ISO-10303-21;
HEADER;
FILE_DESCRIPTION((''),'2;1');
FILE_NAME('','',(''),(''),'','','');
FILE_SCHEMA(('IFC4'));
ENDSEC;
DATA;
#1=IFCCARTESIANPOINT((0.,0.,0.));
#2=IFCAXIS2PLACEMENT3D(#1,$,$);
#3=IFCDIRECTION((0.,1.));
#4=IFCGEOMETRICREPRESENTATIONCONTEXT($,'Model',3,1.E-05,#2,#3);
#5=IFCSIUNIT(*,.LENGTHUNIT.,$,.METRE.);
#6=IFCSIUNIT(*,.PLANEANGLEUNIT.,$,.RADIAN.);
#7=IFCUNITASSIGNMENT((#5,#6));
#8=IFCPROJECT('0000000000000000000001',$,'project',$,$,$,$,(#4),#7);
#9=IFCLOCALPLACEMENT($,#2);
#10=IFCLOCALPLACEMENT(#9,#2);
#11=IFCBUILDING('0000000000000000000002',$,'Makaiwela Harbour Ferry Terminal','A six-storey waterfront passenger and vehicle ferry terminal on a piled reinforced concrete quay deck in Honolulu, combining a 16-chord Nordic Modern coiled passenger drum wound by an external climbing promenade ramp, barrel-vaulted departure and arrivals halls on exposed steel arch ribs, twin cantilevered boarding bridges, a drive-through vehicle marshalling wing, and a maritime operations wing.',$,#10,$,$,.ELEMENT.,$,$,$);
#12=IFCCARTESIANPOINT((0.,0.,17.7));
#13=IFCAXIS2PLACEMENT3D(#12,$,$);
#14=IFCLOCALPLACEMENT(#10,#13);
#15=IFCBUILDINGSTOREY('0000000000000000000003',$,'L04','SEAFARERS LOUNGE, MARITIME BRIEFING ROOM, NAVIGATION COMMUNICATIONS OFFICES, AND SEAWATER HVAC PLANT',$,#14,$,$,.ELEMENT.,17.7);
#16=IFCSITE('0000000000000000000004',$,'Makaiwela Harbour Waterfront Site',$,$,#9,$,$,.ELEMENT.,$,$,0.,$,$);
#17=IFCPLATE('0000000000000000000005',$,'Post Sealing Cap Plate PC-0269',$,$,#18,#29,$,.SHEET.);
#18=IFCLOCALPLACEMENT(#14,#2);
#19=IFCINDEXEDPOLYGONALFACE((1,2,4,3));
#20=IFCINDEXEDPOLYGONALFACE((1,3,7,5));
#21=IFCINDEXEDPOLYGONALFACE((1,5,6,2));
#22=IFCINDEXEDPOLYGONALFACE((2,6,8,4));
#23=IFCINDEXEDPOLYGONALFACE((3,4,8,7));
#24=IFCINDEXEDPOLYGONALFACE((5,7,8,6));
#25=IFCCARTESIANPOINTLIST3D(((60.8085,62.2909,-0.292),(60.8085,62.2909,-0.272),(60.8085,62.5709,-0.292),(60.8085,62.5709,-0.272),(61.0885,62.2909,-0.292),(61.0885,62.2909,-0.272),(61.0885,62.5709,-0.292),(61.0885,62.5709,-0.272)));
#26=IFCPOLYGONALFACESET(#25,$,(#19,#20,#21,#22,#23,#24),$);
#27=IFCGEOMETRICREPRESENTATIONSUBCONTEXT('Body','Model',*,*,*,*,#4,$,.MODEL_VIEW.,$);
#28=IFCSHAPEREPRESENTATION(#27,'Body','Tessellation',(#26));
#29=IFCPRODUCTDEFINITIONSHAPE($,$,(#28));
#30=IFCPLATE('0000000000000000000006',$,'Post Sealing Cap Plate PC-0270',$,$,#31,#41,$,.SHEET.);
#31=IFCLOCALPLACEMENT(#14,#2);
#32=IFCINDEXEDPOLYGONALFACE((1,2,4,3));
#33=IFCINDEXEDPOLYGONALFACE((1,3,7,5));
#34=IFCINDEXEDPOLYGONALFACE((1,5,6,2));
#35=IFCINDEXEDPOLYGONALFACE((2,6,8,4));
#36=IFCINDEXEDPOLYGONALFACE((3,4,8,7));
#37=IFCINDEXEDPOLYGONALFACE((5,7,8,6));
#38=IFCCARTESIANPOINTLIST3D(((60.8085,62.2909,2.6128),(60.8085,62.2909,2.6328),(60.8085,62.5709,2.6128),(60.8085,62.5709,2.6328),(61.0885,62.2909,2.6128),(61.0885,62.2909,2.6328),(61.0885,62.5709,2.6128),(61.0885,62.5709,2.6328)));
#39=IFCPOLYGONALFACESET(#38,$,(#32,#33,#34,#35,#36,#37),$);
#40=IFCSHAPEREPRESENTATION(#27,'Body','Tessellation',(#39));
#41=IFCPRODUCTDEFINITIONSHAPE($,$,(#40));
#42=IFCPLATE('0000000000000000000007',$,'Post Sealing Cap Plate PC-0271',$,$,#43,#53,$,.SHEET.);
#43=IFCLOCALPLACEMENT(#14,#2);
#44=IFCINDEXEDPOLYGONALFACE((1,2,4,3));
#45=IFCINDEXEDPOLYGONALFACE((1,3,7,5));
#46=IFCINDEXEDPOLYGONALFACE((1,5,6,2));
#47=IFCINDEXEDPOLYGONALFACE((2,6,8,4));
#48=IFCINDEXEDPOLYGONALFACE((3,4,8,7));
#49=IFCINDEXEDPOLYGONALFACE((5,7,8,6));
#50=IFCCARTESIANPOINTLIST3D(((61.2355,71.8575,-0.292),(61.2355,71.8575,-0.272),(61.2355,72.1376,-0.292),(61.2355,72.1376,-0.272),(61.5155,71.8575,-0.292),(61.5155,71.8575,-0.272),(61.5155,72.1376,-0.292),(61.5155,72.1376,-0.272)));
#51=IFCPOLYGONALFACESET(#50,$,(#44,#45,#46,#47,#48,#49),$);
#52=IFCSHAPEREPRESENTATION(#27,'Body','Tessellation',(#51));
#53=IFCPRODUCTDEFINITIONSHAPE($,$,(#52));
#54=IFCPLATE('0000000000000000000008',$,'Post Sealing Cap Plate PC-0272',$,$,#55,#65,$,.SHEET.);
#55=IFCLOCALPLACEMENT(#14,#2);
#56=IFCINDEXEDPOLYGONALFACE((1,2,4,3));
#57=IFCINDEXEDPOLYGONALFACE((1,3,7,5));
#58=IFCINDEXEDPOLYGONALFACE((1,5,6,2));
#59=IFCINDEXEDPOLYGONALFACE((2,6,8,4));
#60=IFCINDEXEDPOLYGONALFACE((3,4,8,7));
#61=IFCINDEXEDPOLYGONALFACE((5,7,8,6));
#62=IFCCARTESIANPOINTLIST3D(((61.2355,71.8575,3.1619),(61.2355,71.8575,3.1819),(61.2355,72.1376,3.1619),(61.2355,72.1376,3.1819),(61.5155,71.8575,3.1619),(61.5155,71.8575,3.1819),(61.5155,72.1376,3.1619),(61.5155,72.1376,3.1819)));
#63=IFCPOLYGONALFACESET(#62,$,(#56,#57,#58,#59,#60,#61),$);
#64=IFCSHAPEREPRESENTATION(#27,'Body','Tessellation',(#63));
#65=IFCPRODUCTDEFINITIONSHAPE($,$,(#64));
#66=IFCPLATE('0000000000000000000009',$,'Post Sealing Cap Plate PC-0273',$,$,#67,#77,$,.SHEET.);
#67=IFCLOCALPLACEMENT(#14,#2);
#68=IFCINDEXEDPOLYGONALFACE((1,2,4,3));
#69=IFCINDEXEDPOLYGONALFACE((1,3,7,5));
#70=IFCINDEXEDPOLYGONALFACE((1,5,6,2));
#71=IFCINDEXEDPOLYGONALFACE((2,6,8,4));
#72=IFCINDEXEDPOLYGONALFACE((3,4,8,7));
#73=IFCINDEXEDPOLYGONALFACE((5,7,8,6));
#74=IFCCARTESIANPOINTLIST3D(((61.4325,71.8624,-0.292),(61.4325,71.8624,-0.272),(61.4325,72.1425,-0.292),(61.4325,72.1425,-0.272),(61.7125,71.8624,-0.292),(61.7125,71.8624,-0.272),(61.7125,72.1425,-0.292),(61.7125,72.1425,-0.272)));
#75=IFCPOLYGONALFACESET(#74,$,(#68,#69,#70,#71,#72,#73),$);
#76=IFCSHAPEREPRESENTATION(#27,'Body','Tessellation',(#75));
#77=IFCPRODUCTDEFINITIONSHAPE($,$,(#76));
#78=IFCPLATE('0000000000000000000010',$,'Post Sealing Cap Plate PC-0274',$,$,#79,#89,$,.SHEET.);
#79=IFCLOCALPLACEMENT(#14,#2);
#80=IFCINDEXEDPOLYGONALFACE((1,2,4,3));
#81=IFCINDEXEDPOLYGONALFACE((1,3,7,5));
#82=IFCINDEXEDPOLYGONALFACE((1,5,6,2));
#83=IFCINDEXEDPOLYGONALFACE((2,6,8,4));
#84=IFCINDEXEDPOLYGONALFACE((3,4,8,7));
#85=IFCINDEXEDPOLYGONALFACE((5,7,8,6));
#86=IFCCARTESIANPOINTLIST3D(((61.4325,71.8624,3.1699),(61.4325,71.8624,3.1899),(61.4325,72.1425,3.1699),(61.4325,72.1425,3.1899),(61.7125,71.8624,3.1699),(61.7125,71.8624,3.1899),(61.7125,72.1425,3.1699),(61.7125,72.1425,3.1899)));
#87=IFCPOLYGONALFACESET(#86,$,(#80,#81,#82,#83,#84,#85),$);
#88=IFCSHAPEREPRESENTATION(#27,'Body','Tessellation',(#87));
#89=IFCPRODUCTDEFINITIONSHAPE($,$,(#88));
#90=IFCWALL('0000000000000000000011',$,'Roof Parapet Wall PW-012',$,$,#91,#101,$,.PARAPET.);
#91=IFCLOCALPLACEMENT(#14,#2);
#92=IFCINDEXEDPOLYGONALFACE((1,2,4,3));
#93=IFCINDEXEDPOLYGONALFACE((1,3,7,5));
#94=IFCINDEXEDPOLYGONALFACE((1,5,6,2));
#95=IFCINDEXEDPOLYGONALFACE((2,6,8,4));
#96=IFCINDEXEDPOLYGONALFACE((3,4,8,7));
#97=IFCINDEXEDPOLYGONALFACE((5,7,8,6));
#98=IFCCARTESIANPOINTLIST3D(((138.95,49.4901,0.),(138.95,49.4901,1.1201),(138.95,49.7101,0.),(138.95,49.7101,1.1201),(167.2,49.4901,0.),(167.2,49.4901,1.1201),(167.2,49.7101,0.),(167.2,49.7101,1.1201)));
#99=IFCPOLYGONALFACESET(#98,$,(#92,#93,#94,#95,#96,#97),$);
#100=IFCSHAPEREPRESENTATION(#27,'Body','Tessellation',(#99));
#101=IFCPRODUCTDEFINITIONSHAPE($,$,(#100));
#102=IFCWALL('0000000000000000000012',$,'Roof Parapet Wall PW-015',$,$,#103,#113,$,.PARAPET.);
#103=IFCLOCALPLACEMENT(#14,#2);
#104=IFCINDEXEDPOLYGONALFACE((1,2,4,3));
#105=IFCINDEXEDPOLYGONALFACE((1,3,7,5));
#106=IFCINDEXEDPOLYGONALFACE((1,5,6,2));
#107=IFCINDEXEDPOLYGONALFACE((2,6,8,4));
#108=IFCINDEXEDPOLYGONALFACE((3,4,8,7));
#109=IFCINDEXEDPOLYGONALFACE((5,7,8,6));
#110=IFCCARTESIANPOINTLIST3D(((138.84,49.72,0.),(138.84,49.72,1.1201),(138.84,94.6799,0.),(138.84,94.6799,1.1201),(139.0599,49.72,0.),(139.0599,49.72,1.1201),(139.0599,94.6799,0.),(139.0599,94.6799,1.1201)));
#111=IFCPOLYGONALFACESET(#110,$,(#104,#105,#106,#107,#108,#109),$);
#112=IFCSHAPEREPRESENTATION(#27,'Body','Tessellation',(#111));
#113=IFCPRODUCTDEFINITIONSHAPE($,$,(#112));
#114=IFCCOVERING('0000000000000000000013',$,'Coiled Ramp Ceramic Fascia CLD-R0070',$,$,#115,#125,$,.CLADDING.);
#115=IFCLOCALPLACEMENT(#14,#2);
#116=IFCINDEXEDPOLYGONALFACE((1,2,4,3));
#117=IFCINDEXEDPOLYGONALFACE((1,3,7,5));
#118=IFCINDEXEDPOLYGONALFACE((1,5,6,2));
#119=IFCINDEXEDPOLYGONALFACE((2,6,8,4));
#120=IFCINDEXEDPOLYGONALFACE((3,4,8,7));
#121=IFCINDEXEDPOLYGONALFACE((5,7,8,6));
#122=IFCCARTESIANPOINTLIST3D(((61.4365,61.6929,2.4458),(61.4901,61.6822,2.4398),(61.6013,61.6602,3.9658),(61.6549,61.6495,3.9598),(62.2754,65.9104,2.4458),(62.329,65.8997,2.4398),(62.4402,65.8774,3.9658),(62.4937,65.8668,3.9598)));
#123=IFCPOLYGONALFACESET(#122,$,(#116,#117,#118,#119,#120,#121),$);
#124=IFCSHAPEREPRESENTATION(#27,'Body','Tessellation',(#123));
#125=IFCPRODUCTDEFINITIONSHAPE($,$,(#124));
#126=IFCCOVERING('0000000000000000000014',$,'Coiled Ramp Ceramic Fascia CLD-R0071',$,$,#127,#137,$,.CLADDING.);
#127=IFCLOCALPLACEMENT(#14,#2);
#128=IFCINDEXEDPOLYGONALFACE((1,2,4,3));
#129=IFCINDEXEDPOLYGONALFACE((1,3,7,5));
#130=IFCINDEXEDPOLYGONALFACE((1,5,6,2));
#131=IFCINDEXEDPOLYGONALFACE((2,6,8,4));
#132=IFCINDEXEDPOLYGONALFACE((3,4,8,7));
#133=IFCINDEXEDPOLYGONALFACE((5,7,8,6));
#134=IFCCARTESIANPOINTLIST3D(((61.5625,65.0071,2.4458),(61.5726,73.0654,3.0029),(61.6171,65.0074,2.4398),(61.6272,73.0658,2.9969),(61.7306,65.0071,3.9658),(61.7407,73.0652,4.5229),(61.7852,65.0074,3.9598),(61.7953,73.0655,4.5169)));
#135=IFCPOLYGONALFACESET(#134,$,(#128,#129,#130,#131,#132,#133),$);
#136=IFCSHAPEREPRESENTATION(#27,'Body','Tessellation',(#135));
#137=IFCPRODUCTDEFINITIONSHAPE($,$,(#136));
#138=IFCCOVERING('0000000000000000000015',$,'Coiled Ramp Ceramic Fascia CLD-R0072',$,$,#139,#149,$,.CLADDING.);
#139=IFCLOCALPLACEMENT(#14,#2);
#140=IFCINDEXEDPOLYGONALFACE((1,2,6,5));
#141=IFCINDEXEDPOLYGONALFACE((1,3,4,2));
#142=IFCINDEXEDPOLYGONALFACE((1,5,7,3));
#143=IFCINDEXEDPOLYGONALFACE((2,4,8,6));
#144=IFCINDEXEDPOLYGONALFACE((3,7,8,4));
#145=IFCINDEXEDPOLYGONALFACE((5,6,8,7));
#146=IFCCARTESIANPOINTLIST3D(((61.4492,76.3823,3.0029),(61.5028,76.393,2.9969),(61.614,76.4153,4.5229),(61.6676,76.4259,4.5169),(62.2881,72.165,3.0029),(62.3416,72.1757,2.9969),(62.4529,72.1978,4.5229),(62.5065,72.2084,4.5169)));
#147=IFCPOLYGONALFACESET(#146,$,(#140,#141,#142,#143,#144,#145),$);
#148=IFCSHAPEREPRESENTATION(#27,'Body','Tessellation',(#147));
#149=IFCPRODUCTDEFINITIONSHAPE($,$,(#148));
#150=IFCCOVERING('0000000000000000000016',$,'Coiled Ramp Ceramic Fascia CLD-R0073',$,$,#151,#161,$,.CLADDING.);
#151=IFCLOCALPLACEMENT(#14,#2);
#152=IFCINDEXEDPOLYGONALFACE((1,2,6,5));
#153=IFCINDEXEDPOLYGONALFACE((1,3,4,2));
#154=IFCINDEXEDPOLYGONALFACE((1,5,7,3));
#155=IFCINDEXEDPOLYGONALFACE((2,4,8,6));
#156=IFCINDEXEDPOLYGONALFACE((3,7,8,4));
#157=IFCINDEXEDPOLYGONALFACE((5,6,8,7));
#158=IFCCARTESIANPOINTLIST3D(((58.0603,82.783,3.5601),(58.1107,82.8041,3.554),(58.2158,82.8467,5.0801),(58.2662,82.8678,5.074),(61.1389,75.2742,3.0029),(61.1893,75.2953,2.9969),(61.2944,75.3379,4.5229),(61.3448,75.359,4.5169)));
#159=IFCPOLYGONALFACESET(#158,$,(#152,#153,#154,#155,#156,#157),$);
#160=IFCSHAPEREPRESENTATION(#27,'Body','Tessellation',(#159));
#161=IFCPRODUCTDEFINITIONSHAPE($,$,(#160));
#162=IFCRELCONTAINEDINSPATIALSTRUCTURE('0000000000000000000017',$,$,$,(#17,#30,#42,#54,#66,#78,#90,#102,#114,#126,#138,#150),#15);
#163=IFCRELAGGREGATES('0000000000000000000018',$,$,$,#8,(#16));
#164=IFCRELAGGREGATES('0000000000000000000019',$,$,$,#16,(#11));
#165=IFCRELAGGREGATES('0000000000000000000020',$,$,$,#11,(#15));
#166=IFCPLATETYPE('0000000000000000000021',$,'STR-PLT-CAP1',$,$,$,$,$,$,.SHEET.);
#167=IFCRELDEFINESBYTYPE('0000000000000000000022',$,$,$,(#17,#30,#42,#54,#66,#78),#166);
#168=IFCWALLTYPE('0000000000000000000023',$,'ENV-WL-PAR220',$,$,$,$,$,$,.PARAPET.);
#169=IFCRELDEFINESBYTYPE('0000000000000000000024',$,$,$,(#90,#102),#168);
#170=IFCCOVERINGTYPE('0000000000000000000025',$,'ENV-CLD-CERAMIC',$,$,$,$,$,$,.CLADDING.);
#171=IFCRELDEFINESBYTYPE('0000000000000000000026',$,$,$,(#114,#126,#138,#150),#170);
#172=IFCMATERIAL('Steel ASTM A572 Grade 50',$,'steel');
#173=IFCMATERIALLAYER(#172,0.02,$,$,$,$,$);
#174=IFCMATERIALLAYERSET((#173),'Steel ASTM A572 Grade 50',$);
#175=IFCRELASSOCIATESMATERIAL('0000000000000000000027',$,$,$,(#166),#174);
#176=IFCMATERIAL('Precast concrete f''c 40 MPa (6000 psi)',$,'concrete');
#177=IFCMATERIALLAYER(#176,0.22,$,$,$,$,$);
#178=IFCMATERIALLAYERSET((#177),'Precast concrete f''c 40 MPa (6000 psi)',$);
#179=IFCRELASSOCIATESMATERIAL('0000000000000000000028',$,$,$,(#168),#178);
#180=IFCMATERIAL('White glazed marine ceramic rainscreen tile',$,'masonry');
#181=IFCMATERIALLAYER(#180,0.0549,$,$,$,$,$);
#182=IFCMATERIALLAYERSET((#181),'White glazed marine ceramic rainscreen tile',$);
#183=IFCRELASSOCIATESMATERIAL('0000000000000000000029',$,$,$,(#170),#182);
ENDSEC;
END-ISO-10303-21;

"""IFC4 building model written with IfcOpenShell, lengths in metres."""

from ifc_helpers import new_model, si_unit, direction, frame, frame_2d, origin, origin_2d, place, context, subcontext, project, spatial, polyline, rectangle, outline, extrude, material, layer, layer_set, type_object, element, save


model = new_model("IFC4")

# Units and contexts
model_context = context("Model", 3, precision=1e-05, world=origin(), true_north=direction((0.0, 1.0)))
body_context = subcontext(model_context, "Body", "Model", "MODEL_VIEW")
ifc_project = project(units=[si_unit("LENGTHUNIT", "METRE"), si_unit("PLANEANGLEUNIT", "RADIAN")], contexts=[model_context])

# Site, building, storey
site_placement = place(None, origin())
site = spatial("IfcSite", under=ifc_project, at=site_placement, Name="Makaiwela Harbour Waterfront Site", CompositionType="ELEMENT", RefElevation=0.0)
building_placement = place(site_placement, origin())
building = spatial("IfcBuilding", under=site, at=building_placement, Name="Makaiwela Harbour Ferry Terminal", Description="A six-storey waterfront passenger and vehicle ferry terminal on a piled reinforced concrete quay deck in Honolulu, combining a 16-chord Nordic Modern coiled passenger drum wound by an external climbing promenade ramp, barrel-vaulted departure and arrivals halls on exposed steel arch ribs, twin cantilevered boarding bridges, a drive-through vehicle marshalling wing, and a maritime operations wing.", CompositionType="ELEMENT")
storey_placement = place(building_placement, frame((0.0, 0.0, 17.7)))
storey = spatial("IfcBuildingStorey", under=building, at=storey_placement, Name="L04", Description="SEAFARERS LOUNGE, MARITIME BRIEFING ROOM, NAVIGATION COMMUNICATIONS OFFICES, AND SEAWATER HVAC PLANT", CompositionType="ELEMENT", Elevation=17.7)

# Plates
ifc_material_1 = material(Name="Steel ASTM A572 Grade 50", Category="steel")
ifc_layer_1 = layer(ifc_material_1, 0.02)
ifc_layer_set_1 = layer_set([ifc_layer_1], Name="Steel ASTM A572 Grade 50")
plate_type = type_object("IfcPlateType", Name="STR-PLT-CAP1", PredefinedType="SHEET", material=ifc_layer_set_1)
for number, where, z_axis, x_axis, name in (
    (1, (60.9485, 62.4309, -0.292), (0.0, 0.0, 1.0), (1.0, 0.0, 0.0), "Post Sealing Cap Plate PC-0269"),
    (2, (60.9485, 62.4309, 2.6128), (0.0, 0.0, 1.0), (1.0, 0.0, 0.0), "Post Sealing Cap Plate PC-0270"),
    (3, (61.3755, 71.9976, -0.292), (0.0, 0.0, 1.0), (1.0, 0.0, 0.0), "Post Sealing Cap Plate PC-0271"),
    (4, (61.3755, 71.9976, 3.1619), (0.0, 0.0, 1.0), (1.0, 0.0, 0.0), "Post Sealing Cap Plate PC-0272"),
    (5, (61.5725, 72.0024, -0.292), (0.0, 0.0, 1.0), (1.0, 0.0, 0.0), "Post Sealing Cap Plate PC-0273"),
    (6, (61.5725, 72.0024, 3.1699), (0.0, 0.0, 1.0), (1.0, 0.0, 0.0), "Post Sealing Cap Plate PC-0274"),
):
    element("IfcPlate", number, at=place(storey_placement, frame(where, z_axis=z_axis, x_axis=x_axis)), inside=storey, type_object=plate_type, Name=name, PredefinedType="SHEET", context=body_context, shape_type="SweptSolid", body=[
        extrude(rectangle(XDim=0.28, YDim=0.28, at=origin_2d()), origin(), (0.0, 0.0, 1.0), 0.02),
    ])

# Walls
ifc_material_2 = material(Name="Precast concrete f'c 40 MPa (6000 psi)", Category="concrete")
ifc_layer_2 = layer(ifc_material_2, 0.22)
ifc_layer_set_2 = layer_set([ifc_layer_2], Name="Precast concrete f'c 40 MPa (6000 psi)")
wall_type = type_object("IfcWallType", Name="ENV-WL-PAR220", PredefinedType="PARAPET", material=ifc_layer_set_2)
wall_1_placement = place(storey_placement, frame((138.95, 49.6001, 0.0), z_axis=(0.0, 0.0, 1.0), x_axis=(1.0, 0.0, 0.0)))
element("IfcWall", 7, at=wall_1_placement, inside=storey, type_object=wall_type, Name="Roof Parapet Wall PW-012", PredefinedType="PARAPET", context=body_context, shape_type="SweptSolid", body=[
    extrude(rectangle(XDim=28.25, YDim=0.22, at=frame_2d((14.125, 0.0))), origin(), (0.0, 0.0, 1.0), 1.1201),
])
wall_2_placement = place(storey_placement, frame((138.95, 94.6799, 0.0), z_axis=(0.0, 0.0, 1.0), x_axis=(0.0, -1.0, 0.0)))
element("IfcWall", 8, at=wall_2_placement, inside=storey, type_object=wall_type, Name="Roof Parapet Wall PW-015", PredefinedType="PARAPET", context=body_context, shape_type="SweptSolid", body=[
    extrude(rectangle(XDim=44.96, YDim=0.22, at=frame_2d((22.48, 0.0))), origin(), (0.0, 0.0, 1.0), 1.1201),
])

# Coverings
ifc_material_3 = material(Name="White glazed marine ceramic rainscreen tile", Category="masonry")
ifc_layer_3 = layer(ifc_material_3, 0.0549)
ifc_layer_set_3 = layer_set([ifc_layer_3], Name="White glazed marine ceramic rainscreen tile")
covering_type = type_object("IfcCoveringType", Name="ENV-CLD-CERAMIC", PredefinedType="CLADDING", material=ifc_layer_set_3)
covering_1_placement = place(storey_placement, frame((61.4365, 61.6929, 2.4458), z_axis=(-0.974848, 0.193903, 0.109878), x_axis=(0.195084, 0.980787, -0.000001)))
element("IfcCovering", 9, at=covering_1_placement, inside=storey, type_object=covering_type, Name="Coiled Ramp Ceramic Fascia CLD-R0070", PredefinedType="CLADDING", context=body_context, shape_type="SweptSolid", body=[
    extrude(outline(polyline([(0.0, 0.0), (4.3001, 0.0), (4.3, -1.5293), (0.0001, -1.5293), (0.0, 0.0)])), origin(), (0.0, 0.0, -1.0), 0.0549),
])
covering_2_placement = place(storey_placement, frame((61.5625, 65.0071, 2.4458), z_axis=(-0.993921, -0.006349, 0.109912), x_axis=(0.001254, 0.997618, 0.068971)))
element("IfcCovering", 10, at=covering_2_placement, inside=storey, type_object=covering_type, Name="Coiled Ramp Ceramic Fascia CLD-R0071", PredefinedType="CLADDING", context=body_context, shape_type="SweptSolid", body=[
    extrude(outline(polyline([(0.0, 0.0), (8.0776, 0.0), (8.1824, -1.5257), (0.105, -1.5257), (0.0, 0.0)])), origin(), (0.0, 0.0, -1.0), 0.0549),
])
covering_3_placement = place(storey_placement, frame((62.2881, 72.165, 3.0029), z_axis=(-0.974848, -0.193903, 0.109878), x_axis=(-0.195084, 0.980786, -0.000001)))
element("IfcCovering", 11, at=covering_3_placement, inside=storey, type_object=covering_type, Name="Coiled Ramp Ceramic Fascia CLD-R0072", PredefinedType="CLADDING", context=body_context, shape_type="SweptSolid", body=[
    extrude(outline(polyline([(0.0, 0.0), (4.2999, 0.0), (4.3001, -1.5293), (-0.0001, -1.5293), (0.0, 0.0)])), origin(), (0.0, 0.0, -1.0), 0.0549),
])
covering_4_placement = place(storey_placement, frame((61.1389, 75.2742, 3.0029), z_axis=(-0.916759, -0.384026, 0.109895), x_axis=(-0.378464, 0.923079, 0.06849)))
element("IfcCovering", 12, at=covering_4_placement, inside=storey, type_object=covering_type, Name="Coiled Ramp Ceramic Fascia CLD-R0073", PredefinedType="CLADDING", context=body_context, shape_type="SweptSolid", body=[
    extrude(outline(polyline([(0.0, 0.0), (8.1345, 0.0), (8.2386, -1.5257), (0.1041, -1.5257), (0.0, 0.0)])), origin(), (0.0, 0.0, -1.0), 0.0549),
])

save(model, "model.ifc")
